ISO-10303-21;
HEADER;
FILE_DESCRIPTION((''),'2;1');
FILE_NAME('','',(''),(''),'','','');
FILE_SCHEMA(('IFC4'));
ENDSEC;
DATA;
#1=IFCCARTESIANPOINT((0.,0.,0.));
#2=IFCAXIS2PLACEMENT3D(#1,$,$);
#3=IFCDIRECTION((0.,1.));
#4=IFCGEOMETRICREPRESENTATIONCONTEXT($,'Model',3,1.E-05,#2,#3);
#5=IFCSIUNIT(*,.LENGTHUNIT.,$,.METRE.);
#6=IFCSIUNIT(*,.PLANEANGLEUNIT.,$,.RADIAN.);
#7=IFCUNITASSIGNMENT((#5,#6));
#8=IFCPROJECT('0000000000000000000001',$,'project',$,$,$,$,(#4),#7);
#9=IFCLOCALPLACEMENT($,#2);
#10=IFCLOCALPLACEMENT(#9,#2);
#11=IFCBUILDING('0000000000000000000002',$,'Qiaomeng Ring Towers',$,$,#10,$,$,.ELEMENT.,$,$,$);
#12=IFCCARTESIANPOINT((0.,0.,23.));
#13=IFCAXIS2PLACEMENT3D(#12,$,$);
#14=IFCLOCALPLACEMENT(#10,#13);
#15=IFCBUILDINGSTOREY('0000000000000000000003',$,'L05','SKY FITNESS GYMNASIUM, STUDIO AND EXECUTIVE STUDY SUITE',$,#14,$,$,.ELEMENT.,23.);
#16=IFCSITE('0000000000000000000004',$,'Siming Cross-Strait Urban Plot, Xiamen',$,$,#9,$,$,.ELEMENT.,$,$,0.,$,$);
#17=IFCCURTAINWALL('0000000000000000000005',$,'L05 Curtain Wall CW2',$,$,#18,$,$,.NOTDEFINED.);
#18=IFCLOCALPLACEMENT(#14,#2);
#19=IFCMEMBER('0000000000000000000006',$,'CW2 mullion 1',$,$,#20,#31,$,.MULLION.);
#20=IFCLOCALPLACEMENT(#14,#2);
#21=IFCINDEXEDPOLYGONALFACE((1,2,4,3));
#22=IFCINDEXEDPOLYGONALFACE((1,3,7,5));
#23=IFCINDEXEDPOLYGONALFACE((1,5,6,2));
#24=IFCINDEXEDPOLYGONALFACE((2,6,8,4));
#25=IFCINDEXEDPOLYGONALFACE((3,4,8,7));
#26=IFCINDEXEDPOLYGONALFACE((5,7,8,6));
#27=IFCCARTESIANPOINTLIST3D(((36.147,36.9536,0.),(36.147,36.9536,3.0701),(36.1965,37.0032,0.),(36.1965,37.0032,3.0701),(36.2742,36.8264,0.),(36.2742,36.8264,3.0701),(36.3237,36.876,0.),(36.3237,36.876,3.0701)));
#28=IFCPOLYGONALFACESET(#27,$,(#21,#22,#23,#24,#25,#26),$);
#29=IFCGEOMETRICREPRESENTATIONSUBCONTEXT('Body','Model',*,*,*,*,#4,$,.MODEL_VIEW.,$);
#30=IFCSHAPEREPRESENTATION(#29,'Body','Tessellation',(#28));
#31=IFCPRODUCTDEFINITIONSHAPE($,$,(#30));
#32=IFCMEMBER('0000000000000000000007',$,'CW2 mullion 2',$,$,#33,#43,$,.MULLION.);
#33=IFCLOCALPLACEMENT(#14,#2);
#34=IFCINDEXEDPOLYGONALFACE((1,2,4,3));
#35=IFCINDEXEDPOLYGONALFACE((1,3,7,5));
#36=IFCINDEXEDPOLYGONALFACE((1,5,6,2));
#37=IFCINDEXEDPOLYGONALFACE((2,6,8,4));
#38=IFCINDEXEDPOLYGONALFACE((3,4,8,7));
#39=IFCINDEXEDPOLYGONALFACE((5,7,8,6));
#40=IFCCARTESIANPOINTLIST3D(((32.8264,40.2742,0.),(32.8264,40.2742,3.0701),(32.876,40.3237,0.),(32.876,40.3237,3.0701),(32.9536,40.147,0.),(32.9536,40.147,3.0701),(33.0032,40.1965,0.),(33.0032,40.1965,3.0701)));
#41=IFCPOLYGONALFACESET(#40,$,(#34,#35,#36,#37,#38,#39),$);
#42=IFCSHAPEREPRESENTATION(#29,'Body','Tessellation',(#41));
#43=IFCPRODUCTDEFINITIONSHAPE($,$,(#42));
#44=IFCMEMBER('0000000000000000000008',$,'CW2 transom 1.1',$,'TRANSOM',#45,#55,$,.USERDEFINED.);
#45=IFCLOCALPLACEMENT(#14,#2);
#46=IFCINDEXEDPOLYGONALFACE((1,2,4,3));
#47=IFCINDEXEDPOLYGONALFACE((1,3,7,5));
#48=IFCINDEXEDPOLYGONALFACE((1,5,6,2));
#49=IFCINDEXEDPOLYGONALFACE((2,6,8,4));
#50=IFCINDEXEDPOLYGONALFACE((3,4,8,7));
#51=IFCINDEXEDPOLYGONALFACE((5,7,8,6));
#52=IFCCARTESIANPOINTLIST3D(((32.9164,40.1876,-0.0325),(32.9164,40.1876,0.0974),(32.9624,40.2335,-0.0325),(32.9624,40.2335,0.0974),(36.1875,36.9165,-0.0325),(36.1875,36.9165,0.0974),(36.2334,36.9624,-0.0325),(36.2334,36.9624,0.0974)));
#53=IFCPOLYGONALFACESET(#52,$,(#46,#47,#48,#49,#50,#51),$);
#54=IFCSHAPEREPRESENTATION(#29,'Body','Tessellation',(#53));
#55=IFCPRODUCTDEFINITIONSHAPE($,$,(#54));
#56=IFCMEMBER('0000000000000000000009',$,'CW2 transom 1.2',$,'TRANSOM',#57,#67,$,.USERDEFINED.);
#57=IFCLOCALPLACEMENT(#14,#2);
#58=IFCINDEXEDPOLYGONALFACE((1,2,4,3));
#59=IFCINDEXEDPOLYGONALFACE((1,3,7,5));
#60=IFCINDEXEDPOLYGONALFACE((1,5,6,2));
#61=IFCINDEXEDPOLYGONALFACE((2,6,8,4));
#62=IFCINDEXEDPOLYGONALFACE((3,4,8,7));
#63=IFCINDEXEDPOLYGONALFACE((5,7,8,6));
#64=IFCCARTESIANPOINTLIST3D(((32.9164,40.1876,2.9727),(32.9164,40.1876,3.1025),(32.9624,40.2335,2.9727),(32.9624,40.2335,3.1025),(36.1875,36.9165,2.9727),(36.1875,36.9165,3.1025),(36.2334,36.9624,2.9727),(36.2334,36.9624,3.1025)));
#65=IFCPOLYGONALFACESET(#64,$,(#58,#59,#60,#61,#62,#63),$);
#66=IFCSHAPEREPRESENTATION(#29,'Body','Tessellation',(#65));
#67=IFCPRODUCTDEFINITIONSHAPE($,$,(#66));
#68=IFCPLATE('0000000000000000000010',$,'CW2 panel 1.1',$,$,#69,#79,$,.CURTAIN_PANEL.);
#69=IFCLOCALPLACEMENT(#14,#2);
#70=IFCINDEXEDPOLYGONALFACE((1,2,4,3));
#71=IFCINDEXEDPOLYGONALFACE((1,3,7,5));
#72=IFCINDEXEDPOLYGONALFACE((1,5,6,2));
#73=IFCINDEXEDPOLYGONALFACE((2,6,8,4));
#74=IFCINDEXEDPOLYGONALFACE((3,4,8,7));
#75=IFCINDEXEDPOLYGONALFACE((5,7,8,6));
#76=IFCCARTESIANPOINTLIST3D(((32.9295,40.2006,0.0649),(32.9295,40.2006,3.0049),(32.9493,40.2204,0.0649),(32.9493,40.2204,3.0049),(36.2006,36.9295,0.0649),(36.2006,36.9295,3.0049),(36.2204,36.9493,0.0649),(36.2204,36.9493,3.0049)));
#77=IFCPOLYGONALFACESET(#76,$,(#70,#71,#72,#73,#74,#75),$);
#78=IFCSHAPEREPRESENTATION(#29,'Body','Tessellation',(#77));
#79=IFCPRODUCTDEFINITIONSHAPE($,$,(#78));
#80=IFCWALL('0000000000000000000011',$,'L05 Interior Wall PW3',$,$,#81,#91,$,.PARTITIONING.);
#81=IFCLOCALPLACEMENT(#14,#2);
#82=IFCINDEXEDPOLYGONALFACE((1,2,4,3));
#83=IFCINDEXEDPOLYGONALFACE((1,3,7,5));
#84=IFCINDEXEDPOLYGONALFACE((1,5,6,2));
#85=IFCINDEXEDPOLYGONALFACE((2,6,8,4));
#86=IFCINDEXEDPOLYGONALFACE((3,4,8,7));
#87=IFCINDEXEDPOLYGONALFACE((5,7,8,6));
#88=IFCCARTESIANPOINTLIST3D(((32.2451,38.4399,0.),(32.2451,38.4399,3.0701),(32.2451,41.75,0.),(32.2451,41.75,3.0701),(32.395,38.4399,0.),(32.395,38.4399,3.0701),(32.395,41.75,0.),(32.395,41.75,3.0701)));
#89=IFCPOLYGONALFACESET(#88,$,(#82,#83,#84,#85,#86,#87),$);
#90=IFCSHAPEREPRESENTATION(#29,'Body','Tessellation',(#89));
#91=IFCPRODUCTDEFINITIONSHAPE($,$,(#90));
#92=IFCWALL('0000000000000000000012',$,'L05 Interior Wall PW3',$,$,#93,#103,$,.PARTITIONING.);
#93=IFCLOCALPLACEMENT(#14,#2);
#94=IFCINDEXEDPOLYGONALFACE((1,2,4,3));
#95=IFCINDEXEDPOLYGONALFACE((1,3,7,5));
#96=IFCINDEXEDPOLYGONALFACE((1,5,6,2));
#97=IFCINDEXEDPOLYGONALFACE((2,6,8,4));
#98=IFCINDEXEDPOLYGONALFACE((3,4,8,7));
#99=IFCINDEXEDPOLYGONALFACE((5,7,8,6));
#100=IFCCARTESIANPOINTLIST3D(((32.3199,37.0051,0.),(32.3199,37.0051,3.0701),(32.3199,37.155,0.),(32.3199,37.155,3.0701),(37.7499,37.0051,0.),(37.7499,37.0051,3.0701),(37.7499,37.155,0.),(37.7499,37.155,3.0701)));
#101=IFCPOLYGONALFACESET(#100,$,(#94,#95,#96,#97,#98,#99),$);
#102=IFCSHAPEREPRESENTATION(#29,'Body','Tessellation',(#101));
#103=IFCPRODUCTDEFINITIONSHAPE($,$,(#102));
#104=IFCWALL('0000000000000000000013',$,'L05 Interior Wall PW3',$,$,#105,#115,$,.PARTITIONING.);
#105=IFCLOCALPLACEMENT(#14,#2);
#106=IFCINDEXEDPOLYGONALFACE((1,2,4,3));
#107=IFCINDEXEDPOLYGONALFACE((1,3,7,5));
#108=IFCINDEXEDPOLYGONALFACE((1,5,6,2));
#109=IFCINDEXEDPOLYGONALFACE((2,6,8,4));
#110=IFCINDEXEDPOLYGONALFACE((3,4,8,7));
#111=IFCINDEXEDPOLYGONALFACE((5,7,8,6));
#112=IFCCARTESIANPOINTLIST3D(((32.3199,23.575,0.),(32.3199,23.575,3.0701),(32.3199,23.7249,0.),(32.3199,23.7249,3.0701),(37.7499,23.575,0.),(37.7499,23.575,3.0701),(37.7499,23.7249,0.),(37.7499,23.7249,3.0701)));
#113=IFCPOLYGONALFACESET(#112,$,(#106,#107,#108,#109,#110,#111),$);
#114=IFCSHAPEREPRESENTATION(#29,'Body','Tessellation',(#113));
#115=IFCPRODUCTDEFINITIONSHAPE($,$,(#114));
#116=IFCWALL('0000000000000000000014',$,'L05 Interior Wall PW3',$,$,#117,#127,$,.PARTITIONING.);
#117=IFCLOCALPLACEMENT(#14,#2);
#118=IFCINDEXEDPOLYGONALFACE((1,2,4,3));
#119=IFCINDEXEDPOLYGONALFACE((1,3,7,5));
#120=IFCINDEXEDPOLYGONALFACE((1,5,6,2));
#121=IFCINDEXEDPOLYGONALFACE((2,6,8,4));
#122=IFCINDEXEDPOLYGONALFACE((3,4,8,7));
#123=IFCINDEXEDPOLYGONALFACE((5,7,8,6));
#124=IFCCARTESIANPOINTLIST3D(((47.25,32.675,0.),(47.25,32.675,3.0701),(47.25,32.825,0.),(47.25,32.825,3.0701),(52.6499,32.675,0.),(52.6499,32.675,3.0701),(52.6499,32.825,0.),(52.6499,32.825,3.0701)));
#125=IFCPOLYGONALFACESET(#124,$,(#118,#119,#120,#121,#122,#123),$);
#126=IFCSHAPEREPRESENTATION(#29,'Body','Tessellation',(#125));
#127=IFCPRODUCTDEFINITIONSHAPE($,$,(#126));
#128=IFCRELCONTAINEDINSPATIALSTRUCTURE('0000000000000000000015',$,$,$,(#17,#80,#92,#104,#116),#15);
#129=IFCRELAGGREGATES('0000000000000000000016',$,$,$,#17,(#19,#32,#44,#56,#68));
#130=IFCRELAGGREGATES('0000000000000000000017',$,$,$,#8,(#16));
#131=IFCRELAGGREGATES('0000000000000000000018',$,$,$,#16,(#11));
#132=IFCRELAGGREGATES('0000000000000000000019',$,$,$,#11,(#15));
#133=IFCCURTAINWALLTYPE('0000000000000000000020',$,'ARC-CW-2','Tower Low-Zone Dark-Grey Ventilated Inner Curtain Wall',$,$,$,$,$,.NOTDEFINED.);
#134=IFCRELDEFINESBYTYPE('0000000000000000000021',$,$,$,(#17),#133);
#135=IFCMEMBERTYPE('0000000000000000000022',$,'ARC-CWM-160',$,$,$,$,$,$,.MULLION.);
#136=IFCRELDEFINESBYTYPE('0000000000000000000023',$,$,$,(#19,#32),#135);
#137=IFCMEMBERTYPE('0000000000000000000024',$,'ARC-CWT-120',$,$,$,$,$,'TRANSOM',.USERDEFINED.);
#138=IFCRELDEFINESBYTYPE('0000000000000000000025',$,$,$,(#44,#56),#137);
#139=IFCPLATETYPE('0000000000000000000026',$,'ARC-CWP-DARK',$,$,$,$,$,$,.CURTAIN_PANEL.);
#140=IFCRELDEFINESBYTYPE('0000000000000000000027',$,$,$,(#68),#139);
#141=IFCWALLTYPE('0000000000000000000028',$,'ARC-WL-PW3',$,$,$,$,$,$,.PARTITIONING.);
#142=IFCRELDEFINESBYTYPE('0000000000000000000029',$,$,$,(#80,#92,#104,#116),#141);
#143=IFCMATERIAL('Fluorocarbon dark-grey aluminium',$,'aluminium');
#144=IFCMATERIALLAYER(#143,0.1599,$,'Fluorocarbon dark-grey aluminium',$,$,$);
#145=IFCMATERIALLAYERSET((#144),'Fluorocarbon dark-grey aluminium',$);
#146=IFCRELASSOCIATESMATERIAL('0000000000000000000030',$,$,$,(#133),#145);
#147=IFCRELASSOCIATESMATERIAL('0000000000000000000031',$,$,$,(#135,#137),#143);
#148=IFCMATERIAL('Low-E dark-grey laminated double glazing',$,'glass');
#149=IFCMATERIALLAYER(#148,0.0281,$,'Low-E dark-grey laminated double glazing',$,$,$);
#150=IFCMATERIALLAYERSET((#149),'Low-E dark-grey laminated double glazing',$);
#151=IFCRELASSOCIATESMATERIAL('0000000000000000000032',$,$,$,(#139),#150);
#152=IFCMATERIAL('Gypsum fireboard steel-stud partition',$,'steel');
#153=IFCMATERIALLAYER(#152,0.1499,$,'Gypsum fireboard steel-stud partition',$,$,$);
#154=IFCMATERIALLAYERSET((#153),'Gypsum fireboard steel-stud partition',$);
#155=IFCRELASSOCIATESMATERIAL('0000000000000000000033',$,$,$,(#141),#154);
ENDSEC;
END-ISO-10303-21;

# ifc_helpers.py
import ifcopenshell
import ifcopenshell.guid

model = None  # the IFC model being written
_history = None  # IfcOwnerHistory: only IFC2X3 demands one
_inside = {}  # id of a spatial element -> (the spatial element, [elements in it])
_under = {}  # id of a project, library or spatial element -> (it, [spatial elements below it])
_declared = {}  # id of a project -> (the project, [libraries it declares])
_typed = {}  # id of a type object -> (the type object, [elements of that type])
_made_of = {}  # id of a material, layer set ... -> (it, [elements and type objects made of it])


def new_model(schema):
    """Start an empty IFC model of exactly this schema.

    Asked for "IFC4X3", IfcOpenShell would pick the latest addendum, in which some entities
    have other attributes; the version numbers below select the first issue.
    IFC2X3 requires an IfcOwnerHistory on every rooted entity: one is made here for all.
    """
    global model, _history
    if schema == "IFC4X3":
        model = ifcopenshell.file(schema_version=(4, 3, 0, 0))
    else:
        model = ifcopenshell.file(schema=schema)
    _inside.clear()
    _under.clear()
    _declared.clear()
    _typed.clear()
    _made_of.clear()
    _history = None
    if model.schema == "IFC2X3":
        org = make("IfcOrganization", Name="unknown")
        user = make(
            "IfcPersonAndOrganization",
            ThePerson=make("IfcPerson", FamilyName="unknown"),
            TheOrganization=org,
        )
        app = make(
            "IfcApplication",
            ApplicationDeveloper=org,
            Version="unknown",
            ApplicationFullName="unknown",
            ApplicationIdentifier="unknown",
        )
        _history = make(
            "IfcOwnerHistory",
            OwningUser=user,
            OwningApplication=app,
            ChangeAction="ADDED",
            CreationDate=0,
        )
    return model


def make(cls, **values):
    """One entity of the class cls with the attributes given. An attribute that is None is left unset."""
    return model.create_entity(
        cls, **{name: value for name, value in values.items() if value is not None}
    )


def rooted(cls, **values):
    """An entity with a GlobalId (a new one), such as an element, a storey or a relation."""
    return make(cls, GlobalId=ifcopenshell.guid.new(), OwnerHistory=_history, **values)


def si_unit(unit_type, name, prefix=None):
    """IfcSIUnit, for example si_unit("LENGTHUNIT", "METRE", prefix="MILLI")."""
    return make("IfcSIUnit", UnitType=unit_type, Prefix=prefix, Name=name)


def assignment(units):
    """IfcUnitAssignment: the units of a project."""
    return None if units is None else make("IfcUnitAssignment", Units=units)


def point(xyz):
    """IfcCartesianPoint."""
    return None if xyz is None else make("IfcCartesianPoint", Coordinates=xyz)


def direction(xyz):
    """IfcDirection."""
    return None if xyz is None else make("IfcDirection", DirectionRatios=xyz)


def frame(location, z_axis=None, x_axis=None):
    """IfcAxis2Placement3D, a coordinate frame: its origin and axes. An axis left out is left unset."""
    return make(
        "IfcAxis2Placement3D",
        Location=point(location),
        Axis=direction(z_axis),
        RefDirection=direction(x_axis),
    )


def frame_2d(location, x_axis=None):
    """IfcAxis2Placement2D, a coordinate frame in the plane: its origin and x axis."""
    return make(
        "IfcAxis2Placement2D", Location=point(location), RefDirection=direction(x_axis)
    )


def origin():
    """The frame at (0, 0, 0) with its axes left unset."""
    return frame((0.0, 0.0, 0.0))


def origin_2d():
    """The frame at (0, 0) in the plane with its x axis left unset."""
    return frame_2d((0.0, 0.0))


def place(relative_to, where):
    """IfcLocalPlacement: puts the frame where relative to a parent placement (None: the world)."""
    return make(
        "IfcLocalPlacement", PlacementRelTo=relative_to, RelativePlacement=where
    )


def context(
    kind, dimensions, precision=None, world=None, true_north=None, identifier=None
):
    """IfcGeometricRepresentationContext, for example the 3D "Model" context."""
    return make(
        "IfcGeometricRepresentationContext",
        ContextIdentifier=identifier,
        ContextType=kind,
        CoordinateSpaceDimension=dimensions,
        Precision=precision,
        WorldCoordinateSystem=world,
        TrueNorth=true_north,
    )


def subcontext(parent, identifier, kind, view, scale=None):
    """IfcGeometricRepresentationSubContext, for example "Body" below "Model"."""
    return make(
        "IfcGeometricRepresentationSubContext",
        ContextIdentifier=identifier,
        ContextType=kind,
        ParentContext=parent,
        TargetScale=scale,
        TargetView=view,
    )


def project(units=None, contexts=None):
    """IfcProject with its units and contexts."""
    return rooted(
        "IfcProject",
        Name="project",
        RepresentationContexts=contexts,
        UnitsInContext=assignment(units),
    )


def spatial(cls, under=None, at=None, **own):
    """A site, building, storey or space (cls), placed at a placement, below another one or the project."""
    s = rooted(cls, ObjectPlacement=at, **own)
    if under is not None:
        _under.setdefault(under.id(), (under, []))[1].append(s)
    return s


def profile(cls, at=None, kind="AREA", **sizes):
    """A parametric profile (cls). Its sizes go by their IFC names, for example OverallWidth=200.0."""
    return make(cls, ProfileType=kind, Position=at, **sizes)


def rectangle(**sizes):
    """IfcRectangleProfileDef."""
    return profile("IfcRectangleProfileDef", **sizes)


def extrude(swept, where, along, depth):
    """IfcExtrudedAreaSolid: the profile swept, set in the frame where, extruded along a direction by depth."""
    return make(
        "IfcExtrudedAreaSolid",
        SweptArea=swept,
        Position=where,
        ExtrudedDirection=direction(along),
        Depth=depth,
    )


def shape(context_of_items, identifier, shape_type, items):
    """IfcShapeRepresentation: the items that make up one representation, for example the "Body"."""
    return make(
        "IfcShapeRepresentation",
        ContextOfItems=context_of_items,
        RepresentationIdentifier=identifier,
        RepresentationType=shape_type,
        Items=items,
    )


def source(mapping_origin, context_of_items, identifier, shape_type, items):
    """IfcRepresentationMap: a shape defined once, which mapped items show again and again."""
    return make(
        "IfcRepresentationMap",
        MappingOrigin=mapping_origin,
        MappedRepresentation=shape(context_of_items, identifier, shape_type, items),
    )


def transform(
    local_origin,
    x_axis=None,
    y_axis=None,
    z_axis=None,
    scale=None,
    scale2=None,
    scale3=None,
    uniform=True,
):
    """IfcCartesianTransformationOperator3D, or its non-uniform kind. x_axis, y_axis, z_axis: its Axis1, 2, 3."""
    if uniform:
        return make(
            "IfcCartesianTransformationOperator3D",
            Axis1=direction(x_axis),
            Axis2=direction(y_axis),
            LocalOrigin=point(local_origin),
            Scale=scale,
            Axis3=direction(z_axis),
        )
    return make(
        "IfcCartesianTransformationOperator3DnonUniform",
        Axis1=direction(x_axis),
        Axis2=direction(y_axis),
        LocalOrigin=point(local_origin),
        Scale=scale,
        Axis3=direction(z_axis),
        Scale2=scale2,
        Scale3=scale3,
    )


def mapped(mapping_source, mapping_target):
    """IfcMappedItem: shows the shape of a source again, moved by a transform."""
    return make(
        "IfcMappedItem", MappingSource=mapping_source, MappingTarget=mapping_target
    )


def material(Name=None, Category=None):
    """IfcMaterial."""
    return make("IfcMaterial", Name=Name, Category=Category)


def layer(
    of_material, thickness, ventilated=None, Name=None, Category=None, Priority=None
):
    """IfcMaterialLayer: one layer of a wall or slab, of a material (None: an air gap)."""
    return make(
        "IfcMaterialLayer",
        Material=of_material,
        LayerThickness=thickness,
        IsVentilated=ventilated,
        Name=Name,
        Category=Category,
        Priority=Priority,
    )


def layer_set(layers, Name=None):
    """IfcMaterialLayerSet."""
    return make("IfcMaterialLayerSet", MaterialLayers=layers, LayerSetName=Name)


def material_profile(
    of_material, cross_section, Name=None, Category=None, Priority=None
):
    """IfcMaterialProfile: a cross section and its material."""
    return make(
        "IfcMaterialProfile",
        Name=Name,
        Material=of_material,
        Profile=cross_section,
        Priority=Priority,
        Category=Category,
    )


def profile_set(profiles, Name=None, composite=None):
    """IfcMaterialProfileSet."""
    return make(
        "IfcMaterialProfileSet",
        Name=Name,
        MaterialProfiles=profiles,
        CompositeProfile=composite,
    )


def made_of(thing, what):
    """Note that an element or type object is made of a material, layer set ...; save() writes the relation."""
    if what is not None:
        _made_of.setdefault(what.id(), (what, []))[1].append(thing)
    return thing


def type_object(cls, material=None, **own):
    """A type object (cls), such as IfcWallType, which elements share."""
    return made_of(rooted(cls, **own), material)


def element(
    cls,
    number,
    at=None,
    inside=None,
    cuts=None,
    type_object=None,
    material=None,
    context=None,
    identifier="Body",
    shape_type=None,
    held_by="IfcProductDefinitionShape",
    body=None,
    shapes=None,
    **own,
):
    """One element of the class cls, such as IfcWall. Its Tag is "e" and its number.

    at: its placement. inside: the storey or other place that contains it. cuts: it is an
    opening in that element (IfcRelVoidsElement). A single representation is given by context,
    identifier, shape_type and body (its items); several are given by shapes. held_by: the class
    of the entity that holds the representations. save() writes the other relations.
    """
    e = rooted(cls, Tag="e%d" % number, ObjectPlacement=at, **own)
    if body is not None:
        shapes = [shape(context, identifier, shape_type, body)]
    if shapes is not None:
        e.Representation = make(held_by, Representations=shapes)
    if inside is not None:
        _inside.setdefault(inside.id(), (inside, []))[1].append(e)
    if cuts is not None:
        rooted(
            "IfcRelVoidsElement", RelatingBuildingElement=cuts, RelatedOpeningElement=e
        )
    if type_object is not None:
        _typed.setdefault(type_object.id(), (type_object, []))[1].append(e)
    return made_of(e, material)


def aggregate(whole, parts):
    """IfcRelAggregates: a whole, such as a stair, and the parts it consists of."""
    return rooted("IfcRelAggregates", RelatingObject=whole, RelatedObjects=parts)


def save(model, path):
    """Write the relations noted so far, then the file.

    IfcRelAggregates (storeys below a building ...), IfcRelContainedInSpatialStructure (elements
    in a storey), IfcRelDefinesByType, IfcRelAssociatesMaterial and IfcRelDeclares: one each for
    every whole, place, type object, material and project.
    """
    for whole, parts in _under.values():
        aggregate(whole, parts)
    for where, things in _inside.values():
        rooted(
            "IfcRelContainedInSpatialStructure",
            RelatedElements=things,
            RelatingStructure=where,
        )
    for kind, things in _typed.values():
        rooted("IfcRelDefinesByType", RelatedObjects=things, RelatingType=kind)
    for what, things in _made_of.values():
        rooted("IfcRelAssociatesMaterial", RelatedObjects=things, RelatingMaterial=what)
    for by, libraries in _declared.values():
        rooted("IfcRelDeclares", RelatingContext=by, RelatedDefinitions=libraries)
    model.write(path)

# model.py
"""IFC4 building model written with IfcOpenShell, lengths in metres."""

from ifc_helpers import new_model, si_unit, direction, frame, frame_2d, origin, origin_2d, place, context, subcontext, project, spatial, rectangle, extrude, source, transform, mapped, material, layer, layer_set, material_profile, profile_set, type_object, element, aggregate, save


model = new_model("IFC4")

# Units and contexts
model_context = context("Model", 3, precision=1e-05, world=origin(), true_north=direction((0.0, 1.0)))
body_context = subcontext(model_context, "Body", "Model", "MODEL_VIEW")
ifc_project = project(units=[si_unit("LENGTHUNIT", "METRE"), si_unit("PLANEANGLEUNIT", "RADIAN")], contexts=[model_context])

# Site, building, storey
site_placement = place(None, origin())
site = spatial("IfcSite", under=ifc_project, at=site_placement, Name="Siming Cross-Strait Urban Plot, Xiamen", CompositionType="ELEMENT", RefElevation=0.0)
building_placement = place(site_placement, origin())
building = spatial("IfcBuilding", under=site, at=building_placement, Name="Qiaomeng Ring Towers", CompositionType="ELEMENT")
storey_placement = place(building_placement, frame((0.0, 0.0, 23.0)))
storey = spatial("IfcBuildingStorey", under=building, at=storey_placement, Name="L05", Description="SKY FITNESS GYMNASIUM, STUDIO AND EXECUTIVE STUDY SUITE", CompositionType="ELEMENT", Elevation=23.0)

# Curtain wall, members, plate
ifc_material_1 = material(Name="Fluorocarbon dark-grey aluminium", Category="aluminium")
ifc_layer_1 = layer(ifc_material_1, 0.1599, Name="Fluorocarbon dark-grey aluminium")
ifc_layer_set_1 = layer_set([ifc_layer_1], Name="Fluorocarbon dark-grey aluminium")
curtain_wall_type = type_object("IfcCurtainWallType", Name="ARC-CW-2", Description="Tower Low-Zone Dark-Grey Ventilated Inner Curtain Wall", PredefinedType="NOTDEFINED", material=ifc_layer_set_1)
curtain_wall_placement = place(storey_placement, origin())
curtain_wall = element("IfcCurtainWall", 1, at=curtain_wall_placement, inside=storey, type_object=curtain_wall_type, Name="L05 Curtain Wall CW2", PredefinedType="NOTDEFINED")
ifc_material_profile_1 = material_profile(ifc_material_1, rectangle(XDim=0.0701, YDim=0.1799, at=origin_2d()), Name="ALU MULL 70x180")
ifc_profile_set_1 = profile_set([ifc_material_profile_1], Name="Fluorocarbon dark-grey aluminium")
member_type_1 = type_object("IfcMemberType", Name="ARC-CWM-160", PredefinedType="MULLION", material=ifc_profile_set_1)
shared_shape_1 = source(origin(), body_context, "Body", "SweptSolid", [
    extrude(rectangle(XDim=0.0701, YDim=0.1799, at=origin_2d()), origin(), (0.0, 0.0, 1.0), 3.0701),
])
member_1_placement = place(storey_placement, frame((36.2354, 36.9148, 0.0), z_axis=(0.0, 0.0, 1.0), x_axis=(-0.707107, -0.707107, 0.0)))
member_1 = element("IfcMember", 2, at=member_1_placement, type_object=member_type_1, Name="CW2 mullion 1", PredefinedType="MULLION", context=body_context, shape_type="MappedRepresentation", body=[
    mapped(shared_shape_1, transform((0.0, 0.0, 0.0), x_axis=(1.0, 0.0, 0.0), y_axis=(0.0, 1.0, 0.0), z_axis=(0.0, 0.0, 1.0), scale=1.0)),
])
member_2_placement = place(storey_placement, frame((32.9148, 40.2354, 0.0), z_axis=(0.0, 0.0, 1.0), x_axis=(-0.707107, -0.707107, 0.0)))
member_2 = element("IfcMember", 3, at=member_2_placement, type_object=member_type_1, Name="CW2 mullion 2", PredefinedType="MULLION", context=body_context, shape_type="MappedRepresentation", body=[
    mapped(shared_shape_1, transform((0.0, 0.0, 0.0), x_axis=(1.0, 0.0, 0.0), y_axis=(0.0, 1.0, 0.0), z_axis=(0.0, 0.0, 1.0), scale=1.0)),
])
ifc_material_profile_2 = material_profile(ifc_material_1, rectangle(XDim=0.0649, YDim=0.1299, at=origin_2d()), Name="ALU TRAN 65x130")
ifc_profile_set_2 = profile_set([ifc_material_profile_2], Name="Fluorocarbon dark-grey aluminium")
member_type_2 = type_object("IfcMemberType", Name="ARC-CWT-120", ElementType="TRANSOM", PredefinedType="USERDEFINED", material=ifc_profile_set_2)
shared_shape_2 = source(origin(), body_context, "Body", "SweptSolid", [
    extrude(rectangle(XDim=0.0649, YDim=0.1299, at=origin_2d()), origin(), (0.0, 0.0, 1.0), 4.626),
])
member_3_placement = place(storey_placement, frame((36.2104, 36.9395, 0.0325), z_axis=(-0.707107, 0.707107, 0.0), x_axis=(-0.707107, -0.707107, 0.0)))
member_3 = element("IfcMember", 4, at=member_3_placement, type_object=member_type_2, Name="CW2 transom 1.1", ObjectType="TRANSOM", PredefinedType="USERDEFINED", context=body_context, shape_type="MappedRepresentation", body=[
    mapped(shared_shape_2, transform((0.0, 0.0, 0.0), x_axis=(1.0, 0.0, 0.0), y_axis=(0.0, 1.0, 0.0), z_axis=(0.0, 0.0, 1.0), scale=1.0)),
])
member_4_placement = place(storey_placement, frame((36.2104, 36.9395, 3.0376), z_axis=(-0.707107, 0.707107, 0.0), x_axis=(-0.707107, -0.707107, 0.0)))
member_4 = element("IfcMember", 5, at=member_4_placement, type_object=member_type_2, Name="CW2 transom 1.2", ObjectType="TRANSOM", PredefinedType="USERDEFINED", context=body_context, shape_type="MappedRepresentation", body=[
    mapped(shared_shape_2, transform((0.0, 0.0, 0.0), x_axis=(1.0, 0.0, 0.0), y_axis=(0.0, 1.0, 0.0), z_axis=(0.0, 0.0, 1.0), scale=1.0)),
])
ifc_material_2 = material(Name="Low-E dark-grey laminated double glazing", Category="glass")
ifc_layer_2 = layer(ifc_material_2, 0.0281, Name="Low-E dark-grey laminated double glazing")
ifc_layer_set_2 = layer_set([ifc_layer_2], Name="Low-E dark-grey laminated double glazing")
plate_type = type_object("IfcPlateType", Name="ARC-CWP-DARK", PredefinedType="CURTAIN_PANEL", material=ifc_layer_set_2)
shared_shape_3 = source(origin(), body_context, "Body", "SweptSolid", [
    extrude(rectangle(XDim=4.626, YDim=0.0281, at=origin_2d()), origin(), (0.0, 0.0, 1.0), 2.9399),
])
plate_placement = place(storey_placement, frame((34.575, 38.575, 0.0649), z_axis=(0.0, 0.0, 1.0), x_axis=(-0.707107, 0.707107, 0.0)))
plate = element("IfcPlate", 6, at=plate_placement, type_object=plate_type, Name="CW2 panel 1.1", PredefinedType="CURTAIN_PANEL", context=body_context, shape_type="MappedRepresentation", body=[
    mapped(shared_shape_3, transform((0.0, 0.0, 0.0), x_axis=(1.0, 0.0, 0.0), y_axis=(0.0, 1.0, 0.0), z_axis=(0.0, 0.0, 1.0), scale=1.0)),
])
aggregate(curtain_wall, [member_1, member_2, member_3, member_4, plate])

# Walls
ifc_material_3 = material(Name="Gypsum fireboard steel-stud partition", Category="steel")
ifc_layer_3 = layer(ifc_material_3, 0.1499, Name="Gypsum fireboard steel-stud partition")
ifc_layer_set_3 = layer_set([ifc_layer_3], Name="Gypsum fireboard steel-stud partition")
wall_type_1 = type_object("IfcWallType", Name="ARC-WL-PW3", PredefinedType="PARTITIONING", material=ifc_layer_set_3)
wall_1_placement = place(storey_placement, frame((32.3201, 38.4399, 0.0), z_axis=(0.0, 0.0, 1.0), x_axis=(0.0, 1.0, 0.0)))
element("IfcWall", 7, at=wall_1_placement, inside=storey, type_object=wall_type_1, Name="L05 Interior Wall PW3", PredefinedType="PARTITIONING", context=body_context, shape_type="SweptSolid", body=[
    extrude(rectangle(XDim=3.3101, YDim=0.1499, at=frame_2d((1.655, 0.0))), origin(), (0.0, 0.0, 1.0), 3.0701),
])
for number, where, z_axis, x_axis, name in (
    (8, (32.3201, 37.0801, 0.0), (0.0, 0.0, 1.0), (1.0, 0.0, 0.0), "L05 Interior Wall PW3"),
    (9, (32.3201, 23.6499, 0.0), (0.0, 0.0, 1.0), (1.0, 0.0, 0.0), "L05 Interior Wall PW3"),
):
    element("IfcWall", number, at=place(storey_placement, frame(where, z_axis=z_axis, x_axis=x_axis)), inside=storey, type_object=wall_type_1, Name=name, PredefinedType="PARTITIONING", context=body_context, shape_type="SweptSolid", body=[
        extrude(rectangle(XDim=5.4299, YDim=0.1499, at=frame_2d((2.7148, 0.0))), origin(), (0.0, 0.0, 1.0), 3.0701),
    ])
wall_2_placement = place(storey_placement, frame((47.25, 32.75, 0.0), z_axis=(0.0, 0.0, 1.0), x_axis=(1.0, 0.0, 0.0)))
element("IfcWall", 10, at=wall_2_placement, inside=storey, type_object=wall_type_1, Name="L05 Interior Wall PW3", PredefinedType="PARTITIONING", context=body_context, shape_type="SweptSolid", body=[
    extrude(rectangle(XDim=5.3999, YDim=0.1499, at=frame_2d((2.7, 0.0))), origin(), (0.0, 0.0, 1.0), 3.0701),
])

save(model, "model.ifc")
